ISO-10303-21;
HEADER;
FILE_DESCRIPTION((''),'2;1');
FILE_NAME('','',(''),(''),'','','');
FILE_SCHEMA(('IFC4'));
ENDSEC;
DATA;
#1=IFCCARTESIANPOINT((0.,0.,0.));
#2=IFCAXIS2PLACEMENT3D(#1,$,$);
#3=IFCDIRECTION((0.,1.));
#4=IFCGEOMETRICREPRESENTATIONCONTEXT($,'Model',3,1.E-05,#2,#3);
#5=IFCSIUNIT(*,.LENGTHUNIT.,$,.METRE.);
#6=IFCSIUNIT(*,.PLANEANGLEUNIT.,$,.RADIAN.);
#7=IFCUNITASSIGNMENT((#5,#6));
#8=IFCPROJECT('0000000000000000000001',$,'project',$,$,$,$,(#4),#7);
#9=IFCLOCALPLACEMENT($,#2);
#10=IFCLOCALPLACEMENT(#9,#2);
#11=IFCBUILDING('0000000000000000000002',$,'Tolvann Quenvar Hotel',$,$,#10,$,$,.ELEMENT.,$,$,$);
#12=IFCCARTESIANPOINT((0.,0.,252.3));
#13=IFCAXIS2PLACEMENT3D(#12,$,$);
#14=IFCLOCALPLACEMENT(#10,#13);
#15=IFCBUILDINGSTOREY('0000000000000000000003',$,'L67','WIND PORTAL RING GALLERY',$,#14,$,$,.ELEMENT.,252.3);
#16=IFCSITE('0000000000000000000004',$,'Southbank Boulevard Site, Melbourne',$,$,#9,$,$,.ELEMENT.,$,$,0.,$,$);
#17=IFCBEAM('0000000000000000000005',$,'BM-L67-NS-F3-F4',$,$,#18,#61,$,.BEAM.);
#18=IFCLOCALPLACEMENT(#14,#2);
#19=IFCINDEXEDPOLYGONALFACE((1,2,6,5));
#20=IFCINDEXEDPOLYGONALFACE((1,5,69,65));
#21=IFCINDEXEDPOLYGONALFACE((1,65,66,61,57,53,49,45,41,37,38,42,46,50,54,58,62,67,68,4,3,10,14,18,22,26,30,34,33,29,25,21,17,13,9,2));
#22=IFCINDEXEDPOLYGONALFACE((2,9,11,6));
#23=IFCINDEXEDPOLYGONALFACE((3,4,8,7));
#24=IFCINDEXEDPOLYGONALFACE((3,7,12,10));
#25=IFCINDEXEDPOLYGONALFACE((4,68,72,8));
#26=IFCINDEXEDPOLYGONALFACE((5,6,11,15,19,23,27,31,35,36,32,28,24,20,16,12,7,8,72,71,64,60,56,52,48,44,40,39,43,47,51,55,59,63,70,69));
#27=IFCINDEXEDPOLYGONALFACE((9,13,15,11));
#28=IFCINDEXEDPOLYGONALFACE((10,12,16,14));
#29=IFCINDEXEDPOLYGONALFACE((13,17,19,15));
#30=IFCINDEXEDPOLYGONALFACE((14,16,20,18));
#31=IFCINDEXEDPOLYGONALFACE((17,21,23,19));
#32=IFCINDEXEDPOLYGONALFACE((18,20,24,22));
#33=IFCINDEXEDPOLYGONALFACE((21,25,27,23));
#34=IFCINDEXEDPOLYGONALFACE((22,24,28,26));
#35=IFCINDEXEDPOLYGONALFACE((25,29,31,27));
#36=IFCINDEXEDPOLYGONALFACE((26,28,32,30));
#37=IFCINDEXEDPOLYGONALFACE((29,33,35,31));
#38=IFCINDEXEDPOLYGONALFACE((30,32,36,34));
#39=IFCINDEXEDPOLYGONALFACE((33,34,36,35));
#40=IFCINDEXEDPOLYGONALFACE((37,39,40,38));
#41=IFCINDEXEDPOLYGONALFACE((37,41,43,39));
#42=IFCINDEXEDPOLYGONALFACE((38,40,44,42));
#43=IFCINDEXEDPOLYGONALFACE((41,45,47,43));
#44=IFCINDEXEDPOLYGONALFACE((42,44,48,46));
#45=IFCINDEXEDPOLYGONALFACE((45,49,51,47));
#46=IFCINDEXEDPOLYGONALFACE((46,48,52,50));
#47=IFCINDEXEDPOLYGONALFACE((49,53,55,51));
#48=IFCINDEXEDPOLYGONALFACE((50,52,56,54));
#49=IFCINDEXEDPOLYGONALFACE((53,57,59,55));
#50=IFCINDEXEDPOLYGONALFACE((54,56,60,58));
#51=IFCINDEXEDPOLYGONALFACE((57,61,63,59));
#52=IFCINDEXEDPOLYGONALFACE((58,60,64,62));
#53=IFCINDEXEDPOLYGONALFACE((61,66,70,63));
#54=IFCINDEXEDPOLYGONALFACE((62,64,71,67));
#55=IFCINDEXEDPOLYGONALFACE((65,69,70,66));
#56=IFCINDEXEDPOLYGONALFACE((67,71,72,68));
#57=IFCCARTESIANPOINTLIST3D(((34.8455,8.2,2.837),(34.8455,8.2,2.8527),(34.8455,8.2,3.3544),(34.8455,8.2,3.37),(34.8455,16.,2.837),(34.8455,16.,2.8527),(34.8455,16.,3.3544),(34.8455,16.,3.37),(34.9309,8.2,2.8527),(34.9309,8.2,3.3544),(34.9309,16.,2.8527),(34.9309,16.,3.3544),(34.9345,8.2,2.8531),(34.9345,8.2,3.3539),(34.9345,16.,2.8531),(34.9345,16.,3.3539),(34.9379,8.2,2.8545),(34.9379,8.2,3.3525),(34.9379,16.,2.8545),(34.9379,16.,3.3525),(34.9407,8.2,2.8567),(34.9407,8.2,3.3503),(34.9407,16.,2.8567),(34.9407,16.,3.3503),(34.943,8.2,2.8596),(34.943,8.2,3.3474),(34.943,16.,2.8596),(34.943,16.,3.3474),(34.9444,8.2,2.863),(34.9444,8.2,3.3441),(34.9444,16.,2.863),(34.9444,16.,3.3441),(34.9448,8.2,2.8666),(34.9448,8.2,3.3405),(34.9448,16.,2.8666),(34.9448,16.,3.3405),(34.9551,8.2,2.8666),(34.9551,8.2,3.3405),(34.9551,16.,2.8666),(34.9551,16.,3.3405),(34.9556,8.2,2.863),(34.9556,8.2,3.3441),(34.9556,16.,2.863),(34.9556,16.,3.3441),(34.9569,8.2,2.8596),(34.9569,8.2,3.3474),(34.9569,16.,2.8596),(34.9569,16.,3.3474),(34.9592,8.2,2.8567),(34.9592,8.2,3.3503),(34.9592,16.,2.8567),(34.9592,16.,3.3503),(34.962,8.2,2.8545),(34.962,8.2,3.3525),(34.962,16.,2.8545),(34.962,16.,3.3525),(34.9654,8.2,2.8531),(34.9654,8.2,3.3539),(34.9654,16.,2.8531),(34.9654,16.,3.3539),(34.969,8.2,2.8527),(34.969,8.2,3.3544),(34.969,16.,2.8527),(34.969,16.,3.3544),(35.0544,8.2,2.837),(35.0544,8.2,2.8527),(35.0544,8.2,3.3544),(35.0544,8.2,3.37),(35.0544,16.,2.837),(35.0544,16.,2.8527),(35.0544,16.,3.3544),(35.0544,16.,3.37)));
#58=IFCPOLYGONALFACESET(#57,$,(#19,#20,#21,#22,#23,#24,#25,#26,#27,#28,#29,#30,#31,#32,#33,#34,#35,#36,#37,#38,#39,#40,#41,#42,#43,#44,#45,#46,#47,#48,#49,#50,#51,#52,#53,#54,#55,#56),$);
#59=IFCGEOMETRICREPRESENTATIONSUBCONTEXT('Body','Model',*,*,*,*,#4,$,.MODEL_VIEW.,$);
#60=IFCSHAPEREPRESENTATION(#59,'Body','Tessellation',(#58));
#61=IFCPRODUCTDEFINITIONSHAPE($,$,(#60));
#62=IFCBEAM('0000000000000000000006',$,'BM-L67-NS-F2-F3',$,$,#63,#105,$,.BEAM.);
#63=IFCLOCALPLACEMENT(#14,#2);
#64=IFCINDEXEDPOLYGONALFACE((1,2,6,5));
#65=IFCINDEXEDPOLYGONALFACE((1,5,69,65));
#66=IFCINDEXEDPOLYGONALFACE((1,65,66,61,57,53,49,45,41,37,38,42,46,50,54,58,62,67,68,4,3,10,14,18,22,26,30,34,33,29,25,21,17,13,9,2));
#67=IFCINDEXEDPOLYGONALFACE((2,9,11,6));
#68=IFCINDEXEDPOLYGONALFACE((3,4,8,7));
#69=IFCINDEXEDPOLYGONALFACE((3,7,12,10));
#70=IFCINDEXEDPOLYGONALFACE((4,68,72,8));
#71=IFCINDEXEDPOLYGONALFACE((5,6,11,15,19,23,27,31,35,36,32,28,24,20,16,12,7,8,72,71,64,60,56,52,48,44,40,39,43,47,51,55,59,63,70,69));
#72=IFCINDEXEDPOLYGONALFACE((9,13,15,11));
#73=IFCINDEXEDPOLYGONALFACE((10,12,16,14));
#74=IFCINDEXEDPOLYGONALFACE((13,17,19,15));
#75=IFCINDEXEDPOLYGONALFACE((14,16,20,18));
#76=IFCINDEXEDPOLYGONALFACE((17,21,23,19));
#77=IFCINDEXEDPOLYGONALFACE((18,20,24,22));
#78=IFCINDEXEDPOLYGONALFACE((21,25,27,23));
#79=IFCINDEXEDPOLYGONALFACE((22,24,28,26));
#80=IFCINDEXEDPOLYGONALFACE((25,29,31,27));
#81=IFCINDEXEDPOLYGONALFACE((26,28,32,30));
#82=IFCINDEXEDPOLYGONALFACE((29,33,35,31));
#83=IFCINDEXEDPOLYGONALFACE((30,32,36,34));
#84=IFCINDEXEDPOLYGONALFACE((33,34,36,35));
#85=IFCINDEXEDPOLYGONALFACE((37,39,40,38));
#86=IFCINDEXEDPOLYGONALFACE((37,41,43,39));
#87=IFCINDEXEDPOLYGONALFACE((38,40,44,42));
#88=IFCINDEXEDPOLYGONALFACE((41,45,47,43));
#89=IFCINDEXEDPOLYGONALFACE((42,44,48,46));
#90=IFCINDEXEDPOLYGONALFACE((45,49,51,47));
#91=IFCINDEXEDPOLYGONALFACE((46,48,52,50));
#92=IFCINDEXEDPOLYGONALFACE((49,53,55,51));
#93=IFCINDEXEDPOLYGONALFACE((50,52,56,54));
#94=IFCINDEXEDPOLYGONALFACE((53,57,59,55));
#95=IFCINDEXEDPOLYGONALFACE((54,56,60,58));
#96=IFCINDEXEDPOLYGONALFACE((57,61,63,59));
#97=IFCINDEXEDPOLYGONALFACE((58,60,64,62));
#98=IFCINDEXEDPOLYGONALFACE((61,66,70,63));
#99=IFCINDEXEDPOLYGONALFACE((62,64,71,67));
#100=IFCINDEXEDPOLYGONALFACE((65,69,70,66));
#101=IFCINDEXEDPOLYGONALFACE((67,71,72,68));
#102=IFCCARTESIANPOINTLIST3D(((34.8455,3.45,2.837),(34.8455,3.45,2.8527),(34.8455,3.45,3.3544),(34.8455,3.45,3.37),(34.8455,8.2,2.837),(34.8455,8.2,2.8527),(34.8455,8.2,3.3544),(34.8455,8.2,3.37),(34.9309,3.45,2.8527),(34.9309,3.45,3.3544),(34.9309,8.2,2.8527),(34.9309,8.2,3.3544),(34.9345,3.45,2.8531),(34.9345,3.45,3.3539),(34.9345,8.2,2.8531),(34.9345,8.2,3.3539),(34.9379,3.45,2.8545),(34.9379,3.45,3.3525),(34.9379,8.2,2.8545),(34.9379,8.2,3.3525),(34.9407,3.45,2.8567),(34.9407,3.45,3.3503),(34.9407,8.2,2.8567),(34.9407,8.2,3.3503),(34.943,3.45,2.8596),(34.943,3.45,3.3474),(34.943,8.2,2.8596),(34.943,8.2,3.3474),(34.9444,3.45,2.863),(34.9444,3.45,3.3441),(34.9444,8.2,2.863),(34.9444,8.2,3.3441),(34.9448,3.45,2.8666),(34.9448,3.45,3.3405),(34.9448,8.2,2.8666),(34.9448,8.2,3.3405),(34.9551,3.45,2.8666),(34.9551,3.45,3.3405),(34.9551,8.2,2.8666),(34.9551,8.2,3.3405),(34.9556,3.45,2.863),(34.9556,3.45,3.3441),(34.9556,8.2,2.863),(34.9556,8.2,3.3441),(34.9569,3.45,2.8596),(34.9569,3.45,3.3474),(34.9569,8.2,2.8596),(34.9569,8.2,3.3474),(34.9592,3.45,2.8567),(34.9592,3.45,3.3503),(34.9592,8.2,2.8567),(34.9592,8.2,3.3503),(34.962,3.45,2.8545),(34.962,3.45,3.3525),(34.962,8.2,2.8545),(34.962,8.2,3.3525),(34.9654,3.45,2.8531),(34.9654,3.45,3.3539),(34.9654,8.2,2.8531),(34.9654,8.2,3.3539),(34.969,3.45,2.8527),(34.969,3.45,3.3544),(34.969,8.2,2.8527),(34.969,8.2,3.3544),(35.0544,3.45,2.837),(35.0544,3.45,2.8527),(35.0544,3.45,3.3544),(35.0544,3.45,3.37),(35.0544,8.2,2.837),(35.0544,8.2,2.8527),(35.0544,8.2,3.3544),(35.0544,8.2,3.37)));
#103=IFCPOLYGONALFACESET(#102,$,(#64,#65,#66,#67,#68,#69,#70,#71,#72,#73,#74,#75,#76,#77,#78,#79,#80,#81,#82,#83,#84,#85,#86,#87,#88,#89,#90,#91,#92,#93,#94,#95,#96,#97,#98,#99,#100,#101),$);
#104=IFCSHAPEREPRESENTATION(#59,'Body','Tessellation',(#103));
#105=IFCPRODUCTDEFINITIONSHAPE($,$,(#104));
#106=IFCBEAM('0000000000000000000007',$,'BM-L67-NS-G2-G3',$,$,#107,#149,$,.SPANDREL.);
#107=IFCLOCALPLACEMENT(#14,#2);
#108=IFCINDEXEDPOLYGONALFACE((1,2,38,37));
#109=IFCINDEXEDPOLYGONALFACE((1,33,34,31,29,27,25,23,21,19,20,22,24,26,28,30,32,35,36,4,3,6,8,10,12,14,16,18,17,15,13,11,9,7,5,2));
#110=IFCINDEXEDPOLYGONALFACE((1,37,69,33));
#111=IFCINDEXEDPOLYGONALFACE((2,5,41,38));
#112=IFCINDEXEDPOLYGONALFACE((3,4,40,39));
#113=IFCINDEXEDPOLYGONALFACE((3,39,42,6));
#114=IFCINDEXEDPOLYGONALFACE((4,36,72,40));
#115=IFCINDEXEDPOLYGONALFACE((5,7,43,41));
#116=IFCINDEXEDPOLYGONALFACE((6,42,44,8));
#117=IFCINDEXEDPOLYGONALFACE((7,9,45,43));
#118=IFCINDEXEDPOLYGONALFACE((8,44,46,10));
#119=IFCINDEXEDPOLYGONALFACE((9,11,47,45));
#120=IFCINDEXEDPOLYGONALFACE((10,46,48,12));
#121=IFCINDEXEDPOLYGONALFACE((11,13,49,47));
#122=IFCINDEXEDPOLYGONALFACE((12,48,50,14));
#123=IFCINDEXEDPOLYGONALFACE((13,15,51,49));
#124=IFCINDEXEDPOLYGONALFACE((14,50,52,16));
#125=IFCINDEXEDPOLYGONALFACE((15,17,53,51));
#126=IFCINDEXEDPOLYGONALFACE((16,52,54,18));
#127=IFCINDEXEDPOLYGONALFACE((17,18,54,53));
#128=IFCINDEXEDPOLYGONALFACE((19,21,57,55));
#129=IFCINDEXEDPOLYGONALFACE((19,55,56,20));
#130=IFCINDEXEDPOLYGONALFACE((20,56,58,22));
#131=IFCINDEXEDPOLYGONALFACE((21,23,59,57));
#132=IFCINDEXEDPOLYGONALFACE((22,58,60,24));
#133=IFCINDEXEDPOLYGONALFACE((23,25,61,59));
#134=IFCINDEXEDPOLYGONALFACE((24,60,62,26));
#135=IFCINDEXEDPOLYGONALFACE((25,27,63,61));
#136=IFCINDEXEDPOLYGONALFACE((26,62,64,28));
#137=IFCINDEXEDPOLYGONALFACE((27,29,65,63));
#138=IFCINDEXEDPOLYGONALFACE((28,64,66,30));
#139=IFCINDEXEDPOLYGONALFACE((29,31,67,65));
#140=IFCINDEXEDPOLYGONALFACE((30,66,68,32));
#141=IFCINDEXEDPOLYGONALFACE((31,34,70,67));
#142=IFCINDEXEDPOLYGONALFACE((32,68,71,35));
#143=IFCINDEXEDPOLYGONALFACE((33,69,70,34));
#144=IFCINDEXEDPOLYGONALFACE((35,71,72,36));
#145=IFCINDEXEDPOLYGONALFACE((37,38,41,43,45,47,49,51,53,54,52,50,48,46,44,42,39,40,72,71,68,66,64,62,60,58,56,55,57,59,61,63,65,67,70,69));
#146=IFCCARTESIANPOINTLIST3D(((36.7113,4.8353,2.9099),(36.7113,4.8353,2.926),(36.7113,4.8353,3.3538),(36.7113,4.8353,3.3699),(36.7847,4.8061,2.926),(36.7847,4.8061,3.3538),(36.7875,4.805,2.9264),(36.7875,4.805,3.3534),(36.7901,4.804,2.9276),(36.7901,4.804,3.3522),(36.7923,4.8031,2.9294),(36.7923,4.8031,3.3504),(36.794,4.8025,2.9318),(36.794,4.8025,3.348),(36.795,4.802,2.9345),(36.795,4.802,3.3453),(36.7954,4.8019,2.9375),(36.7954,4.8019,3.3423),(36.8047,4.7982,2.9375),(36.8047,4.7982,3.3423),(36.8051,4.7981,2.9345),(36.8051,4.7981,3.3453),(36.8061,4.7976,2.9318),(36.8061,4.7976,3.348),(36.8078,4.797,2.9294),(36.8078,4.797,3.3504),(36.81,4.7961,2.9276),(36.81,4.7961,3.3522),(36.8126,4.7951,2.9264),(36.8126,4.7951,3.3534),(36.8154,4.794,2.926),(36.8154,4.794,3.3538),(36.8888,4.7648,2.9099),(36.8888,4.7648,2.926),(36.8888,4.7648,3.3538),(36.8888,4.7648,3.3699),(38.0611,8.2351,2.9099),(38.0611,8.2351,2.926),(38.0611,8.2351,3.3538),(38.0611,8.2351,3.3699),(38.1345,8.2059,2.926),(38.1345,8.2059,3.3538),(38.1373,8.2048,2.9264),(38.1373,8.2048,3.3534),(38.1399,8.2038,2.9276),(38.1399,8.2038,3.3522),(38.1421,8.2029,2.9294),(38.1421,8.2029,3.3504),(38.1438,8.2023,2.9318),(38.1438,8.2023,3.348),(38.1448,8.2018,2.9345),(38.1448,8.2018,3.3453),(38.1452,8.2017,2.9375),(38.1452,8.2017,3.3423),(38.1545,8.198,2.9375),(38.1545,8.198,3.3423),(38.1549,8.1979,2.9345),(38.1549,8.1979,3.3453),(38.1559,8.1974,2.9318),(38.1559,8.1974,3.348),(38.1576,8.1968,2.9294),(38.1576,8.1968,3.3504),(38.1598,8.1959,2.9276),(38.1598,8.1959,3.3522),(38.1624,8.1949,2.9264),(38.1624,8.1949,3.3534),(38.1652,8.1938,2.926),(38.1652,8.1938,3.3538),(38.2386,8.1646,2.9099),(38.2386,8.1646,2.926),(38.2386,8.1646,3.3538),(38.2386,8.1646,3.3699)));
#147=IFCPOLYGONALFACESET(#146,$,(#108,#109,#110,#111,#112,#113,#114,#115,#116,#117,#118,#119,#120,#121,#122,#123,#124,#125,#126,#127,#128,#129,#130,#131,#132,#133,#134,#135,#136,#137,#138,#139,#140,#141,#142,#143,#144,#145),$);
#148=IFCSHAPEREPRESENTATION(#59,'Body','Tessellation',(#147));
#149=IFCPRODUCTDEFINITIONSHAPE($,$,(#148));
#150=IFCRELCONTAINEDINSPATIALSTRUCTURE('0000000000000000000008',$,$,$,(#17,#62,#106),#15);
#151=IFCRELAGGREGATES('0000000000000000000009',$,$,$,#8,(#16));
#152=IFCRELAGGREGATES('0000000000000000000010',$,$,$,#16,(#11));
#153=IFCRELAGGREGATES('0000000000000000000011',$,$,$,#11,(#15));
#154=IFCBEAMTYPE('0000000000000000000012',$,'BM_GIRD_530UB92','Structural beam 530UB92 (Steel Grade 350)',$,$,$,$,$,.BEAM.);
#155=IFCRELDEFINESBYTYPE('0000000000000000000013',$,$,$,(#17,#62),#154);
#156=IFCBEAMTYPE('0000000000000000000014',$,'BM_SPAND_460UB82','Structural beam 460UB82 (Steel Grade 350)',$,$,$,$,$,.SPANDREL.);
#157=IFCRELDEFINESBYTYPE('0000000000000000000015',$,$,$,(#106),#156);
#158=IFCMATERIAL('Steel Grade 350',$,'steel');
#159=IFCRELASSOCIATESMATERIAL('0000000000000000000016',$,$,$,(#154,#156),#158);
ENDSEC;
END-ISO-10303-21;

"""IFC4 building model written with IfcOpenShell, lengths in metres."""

from ifc_helpers import new_model, si_unit, direction, frame, origin, origin_2d, place, context, subcontext, project, spatial, i_section, extrude, source, transform, mapped, material, material_profile, profile_set, type_object, element, save


model = new_model("IFC4")

# Units and contexts
model_context = context("Model", 3, precision=1e-05, world=origin(), true_north=direction((0.0, 1.0)))
body_context = subcontext(model_context, "Body", "Model", "MODEL_VIEW")
ifc_project = project(units=[si_unit("LENGTHUNIT", "METRE"), si_unit("PLANEANGLEUNIT", "RADIAN")], contexts=[model_context])

# Site, building, storey
site_placement = place(None, origin())
site = spatial("IfcSite", under=ifc_project, at=site_placement, Name="Southbank Boulevard Site, Melbourne", CompositionType="ELEMENT", RefElevation=0.0)
building_placement = place(site_placement, origin())
building = spatial("IfcBuilding", under=site, at=building_placement, Name="Tolvann Quenvar Hotel", CompositionType="ELEMENT")
storey_placement = place(building_placement, frame((0.0, 0.0, 252.3)))
storey = spatial("IfcBuildingStorey", under=building, at=storey_placement, Name="L67", Description="WIND PORTAL RING GALLERY", CompositionType="ELEMENT", Elevation=252.3)

# Shared definitions
ifc_material_1 = material(Name="Steel Grade 350", Category="steel")

# Beams
ifc_material_profile_1 = material_profile(ifc_material_1, i_section(OverallWidth=0.209, OverallDepth=0.533, WebThickness=0.0103, FlangeThickness=0.0156, FilletRadius=0.0139, at=origin_2d()), Name="530UB92")
ifc_profile_set_1 = profile_set([ifc_material_profile_1], Name="Steel Grade 350")
beam_type_1 = type_object("IfcBeamType", Name="BM_GIRD_530UB92", Description="Structural beam 530UB92 (Steel Grade 350)", PredefinedType="BEAM", material=ifc_profile_set_1)
shared_shape_1 = source(origin(), body_context, "Body", "SweptSolid", [
    extrude(i_section(OverallWidth=0.209, OverallDepth=0.533, WebThickness=0.0103, FlangeThickness=0.0156, FilletRadius=0.0139, at=origin_2d()), origin(), (0.0, 0.0, 1.0), 7.8),
])
beam_1_placement = place(storey_placement, frame((34.95, 8.2, 3.1035), z_axis=(0.0, 1.0, 0.0), x_axis=(-1.0, 0.0, 0.0)))
element("IfcBeam", 1, at=beam_1_placement, inside=storey, type_object=beam_type_1, Name="BM-L67-NS-F3-F4", PredefinedType="BEAM", context=body_context, shape_type="MappedRepresentation", body=[
    mapped(shared_shape_1, transform((0.0, 0.0, 0.0), x_axis=(1.0, 0.0, 0.0), y_axis=(0.0, 1.0, 0.0), z_axis=(0.0, 0.0, 1.0), scale=1.0)),
])
shared_shape_2 = source(origin(), body_context, "Body", "SweptSolid", [
    extrude(i_section(OverallWidth=0.209, OverallDepth=0.533, WebThickness=0.0103, FlangeThickness=0.0156, FilletRadius=0.0139, at=origin_2d()), origin(), (0.0, 0.0, 1.0), 4.75),
])
beam_2_placement = place(storey_placement, frame((34.95, 3.45, 3.1035), z_axis=(0.0, 1.0, 0.0), x_axis=(-1.0, 0.0, 0.0)))
element("IfcBeam", 2, at=beam_2_placement, inside=storey, type_object=beam_type_1, Name="BM-L67-NS-F2-F3", PredefinedType="BEAM", context=body_context, shape_type="MappedRepresentation", body=[
    mapped(shared_shape_2, transform((0.0, 0.0, 0.0), x_axis=(1.0, 0.0, 0.0), y_axis=(0.0, 1.0, 0.0), z_axis=(0.0, 0.0, 1.0), scale=1.0)),
])
ifc_material_profile_2 = material_profile(ifc_material_1, i_section(OverallWidth=0.1909, OverallDepth=0.46, WebThickness=0.01, FlangeThickness=0.0161, FilletRadius=0.0115, at=origin_2d()), Name="460UB82")
ifc_profile_set_2 = profile_set([ifc_material_profile_2], Name="Steel Grade 350")
beam_type_2 = type_object("IfcBeamType", Name="BM_SPAND_460UB82", Description="Structural beam 460UB82 (Steel Grade 350)", PredefinedType="SPANDREL", material=ifc_profile_set_2)
shared_shape_3 = source(origin(), body_context, "Body", "SweptSolid", [
    extrude(i_section(OverallWidth=0.1909, OverallDepth=0.46, WebThickness=0.01, FlangeThickness=0.0161, FilletRadius=0.0115, at=origin_2d()), origin(), (0.0, 0.0, 1.0), 3.658),
])
beam_3_placement = place(storey_placement, frame((36.8, 4.8, 3.1399), z_axis=(0.369008, 0.929426, 0.0), x_axis=(-0.929426, 0.369008, 0.0)))
element("IfcBeam", 3, at=beam_3_placement, inside=storey, type_object=beam_type_2, Name="BM-L67-NS-G2-G3", PredefinedType="SPANDREL", context=body_context, shape_type="MappedRepresentation", body=[
    mapped(shared_shape_3, transform((0.0, 0.0, 0.0), x_axis=(1.0, 0.0, 0.0), y_axis=(0.0, 1.0, 0.0), z_axis=(0.0, 0.0, 1.0), scale=1.0)),
])

save(model, "model.ifc")
